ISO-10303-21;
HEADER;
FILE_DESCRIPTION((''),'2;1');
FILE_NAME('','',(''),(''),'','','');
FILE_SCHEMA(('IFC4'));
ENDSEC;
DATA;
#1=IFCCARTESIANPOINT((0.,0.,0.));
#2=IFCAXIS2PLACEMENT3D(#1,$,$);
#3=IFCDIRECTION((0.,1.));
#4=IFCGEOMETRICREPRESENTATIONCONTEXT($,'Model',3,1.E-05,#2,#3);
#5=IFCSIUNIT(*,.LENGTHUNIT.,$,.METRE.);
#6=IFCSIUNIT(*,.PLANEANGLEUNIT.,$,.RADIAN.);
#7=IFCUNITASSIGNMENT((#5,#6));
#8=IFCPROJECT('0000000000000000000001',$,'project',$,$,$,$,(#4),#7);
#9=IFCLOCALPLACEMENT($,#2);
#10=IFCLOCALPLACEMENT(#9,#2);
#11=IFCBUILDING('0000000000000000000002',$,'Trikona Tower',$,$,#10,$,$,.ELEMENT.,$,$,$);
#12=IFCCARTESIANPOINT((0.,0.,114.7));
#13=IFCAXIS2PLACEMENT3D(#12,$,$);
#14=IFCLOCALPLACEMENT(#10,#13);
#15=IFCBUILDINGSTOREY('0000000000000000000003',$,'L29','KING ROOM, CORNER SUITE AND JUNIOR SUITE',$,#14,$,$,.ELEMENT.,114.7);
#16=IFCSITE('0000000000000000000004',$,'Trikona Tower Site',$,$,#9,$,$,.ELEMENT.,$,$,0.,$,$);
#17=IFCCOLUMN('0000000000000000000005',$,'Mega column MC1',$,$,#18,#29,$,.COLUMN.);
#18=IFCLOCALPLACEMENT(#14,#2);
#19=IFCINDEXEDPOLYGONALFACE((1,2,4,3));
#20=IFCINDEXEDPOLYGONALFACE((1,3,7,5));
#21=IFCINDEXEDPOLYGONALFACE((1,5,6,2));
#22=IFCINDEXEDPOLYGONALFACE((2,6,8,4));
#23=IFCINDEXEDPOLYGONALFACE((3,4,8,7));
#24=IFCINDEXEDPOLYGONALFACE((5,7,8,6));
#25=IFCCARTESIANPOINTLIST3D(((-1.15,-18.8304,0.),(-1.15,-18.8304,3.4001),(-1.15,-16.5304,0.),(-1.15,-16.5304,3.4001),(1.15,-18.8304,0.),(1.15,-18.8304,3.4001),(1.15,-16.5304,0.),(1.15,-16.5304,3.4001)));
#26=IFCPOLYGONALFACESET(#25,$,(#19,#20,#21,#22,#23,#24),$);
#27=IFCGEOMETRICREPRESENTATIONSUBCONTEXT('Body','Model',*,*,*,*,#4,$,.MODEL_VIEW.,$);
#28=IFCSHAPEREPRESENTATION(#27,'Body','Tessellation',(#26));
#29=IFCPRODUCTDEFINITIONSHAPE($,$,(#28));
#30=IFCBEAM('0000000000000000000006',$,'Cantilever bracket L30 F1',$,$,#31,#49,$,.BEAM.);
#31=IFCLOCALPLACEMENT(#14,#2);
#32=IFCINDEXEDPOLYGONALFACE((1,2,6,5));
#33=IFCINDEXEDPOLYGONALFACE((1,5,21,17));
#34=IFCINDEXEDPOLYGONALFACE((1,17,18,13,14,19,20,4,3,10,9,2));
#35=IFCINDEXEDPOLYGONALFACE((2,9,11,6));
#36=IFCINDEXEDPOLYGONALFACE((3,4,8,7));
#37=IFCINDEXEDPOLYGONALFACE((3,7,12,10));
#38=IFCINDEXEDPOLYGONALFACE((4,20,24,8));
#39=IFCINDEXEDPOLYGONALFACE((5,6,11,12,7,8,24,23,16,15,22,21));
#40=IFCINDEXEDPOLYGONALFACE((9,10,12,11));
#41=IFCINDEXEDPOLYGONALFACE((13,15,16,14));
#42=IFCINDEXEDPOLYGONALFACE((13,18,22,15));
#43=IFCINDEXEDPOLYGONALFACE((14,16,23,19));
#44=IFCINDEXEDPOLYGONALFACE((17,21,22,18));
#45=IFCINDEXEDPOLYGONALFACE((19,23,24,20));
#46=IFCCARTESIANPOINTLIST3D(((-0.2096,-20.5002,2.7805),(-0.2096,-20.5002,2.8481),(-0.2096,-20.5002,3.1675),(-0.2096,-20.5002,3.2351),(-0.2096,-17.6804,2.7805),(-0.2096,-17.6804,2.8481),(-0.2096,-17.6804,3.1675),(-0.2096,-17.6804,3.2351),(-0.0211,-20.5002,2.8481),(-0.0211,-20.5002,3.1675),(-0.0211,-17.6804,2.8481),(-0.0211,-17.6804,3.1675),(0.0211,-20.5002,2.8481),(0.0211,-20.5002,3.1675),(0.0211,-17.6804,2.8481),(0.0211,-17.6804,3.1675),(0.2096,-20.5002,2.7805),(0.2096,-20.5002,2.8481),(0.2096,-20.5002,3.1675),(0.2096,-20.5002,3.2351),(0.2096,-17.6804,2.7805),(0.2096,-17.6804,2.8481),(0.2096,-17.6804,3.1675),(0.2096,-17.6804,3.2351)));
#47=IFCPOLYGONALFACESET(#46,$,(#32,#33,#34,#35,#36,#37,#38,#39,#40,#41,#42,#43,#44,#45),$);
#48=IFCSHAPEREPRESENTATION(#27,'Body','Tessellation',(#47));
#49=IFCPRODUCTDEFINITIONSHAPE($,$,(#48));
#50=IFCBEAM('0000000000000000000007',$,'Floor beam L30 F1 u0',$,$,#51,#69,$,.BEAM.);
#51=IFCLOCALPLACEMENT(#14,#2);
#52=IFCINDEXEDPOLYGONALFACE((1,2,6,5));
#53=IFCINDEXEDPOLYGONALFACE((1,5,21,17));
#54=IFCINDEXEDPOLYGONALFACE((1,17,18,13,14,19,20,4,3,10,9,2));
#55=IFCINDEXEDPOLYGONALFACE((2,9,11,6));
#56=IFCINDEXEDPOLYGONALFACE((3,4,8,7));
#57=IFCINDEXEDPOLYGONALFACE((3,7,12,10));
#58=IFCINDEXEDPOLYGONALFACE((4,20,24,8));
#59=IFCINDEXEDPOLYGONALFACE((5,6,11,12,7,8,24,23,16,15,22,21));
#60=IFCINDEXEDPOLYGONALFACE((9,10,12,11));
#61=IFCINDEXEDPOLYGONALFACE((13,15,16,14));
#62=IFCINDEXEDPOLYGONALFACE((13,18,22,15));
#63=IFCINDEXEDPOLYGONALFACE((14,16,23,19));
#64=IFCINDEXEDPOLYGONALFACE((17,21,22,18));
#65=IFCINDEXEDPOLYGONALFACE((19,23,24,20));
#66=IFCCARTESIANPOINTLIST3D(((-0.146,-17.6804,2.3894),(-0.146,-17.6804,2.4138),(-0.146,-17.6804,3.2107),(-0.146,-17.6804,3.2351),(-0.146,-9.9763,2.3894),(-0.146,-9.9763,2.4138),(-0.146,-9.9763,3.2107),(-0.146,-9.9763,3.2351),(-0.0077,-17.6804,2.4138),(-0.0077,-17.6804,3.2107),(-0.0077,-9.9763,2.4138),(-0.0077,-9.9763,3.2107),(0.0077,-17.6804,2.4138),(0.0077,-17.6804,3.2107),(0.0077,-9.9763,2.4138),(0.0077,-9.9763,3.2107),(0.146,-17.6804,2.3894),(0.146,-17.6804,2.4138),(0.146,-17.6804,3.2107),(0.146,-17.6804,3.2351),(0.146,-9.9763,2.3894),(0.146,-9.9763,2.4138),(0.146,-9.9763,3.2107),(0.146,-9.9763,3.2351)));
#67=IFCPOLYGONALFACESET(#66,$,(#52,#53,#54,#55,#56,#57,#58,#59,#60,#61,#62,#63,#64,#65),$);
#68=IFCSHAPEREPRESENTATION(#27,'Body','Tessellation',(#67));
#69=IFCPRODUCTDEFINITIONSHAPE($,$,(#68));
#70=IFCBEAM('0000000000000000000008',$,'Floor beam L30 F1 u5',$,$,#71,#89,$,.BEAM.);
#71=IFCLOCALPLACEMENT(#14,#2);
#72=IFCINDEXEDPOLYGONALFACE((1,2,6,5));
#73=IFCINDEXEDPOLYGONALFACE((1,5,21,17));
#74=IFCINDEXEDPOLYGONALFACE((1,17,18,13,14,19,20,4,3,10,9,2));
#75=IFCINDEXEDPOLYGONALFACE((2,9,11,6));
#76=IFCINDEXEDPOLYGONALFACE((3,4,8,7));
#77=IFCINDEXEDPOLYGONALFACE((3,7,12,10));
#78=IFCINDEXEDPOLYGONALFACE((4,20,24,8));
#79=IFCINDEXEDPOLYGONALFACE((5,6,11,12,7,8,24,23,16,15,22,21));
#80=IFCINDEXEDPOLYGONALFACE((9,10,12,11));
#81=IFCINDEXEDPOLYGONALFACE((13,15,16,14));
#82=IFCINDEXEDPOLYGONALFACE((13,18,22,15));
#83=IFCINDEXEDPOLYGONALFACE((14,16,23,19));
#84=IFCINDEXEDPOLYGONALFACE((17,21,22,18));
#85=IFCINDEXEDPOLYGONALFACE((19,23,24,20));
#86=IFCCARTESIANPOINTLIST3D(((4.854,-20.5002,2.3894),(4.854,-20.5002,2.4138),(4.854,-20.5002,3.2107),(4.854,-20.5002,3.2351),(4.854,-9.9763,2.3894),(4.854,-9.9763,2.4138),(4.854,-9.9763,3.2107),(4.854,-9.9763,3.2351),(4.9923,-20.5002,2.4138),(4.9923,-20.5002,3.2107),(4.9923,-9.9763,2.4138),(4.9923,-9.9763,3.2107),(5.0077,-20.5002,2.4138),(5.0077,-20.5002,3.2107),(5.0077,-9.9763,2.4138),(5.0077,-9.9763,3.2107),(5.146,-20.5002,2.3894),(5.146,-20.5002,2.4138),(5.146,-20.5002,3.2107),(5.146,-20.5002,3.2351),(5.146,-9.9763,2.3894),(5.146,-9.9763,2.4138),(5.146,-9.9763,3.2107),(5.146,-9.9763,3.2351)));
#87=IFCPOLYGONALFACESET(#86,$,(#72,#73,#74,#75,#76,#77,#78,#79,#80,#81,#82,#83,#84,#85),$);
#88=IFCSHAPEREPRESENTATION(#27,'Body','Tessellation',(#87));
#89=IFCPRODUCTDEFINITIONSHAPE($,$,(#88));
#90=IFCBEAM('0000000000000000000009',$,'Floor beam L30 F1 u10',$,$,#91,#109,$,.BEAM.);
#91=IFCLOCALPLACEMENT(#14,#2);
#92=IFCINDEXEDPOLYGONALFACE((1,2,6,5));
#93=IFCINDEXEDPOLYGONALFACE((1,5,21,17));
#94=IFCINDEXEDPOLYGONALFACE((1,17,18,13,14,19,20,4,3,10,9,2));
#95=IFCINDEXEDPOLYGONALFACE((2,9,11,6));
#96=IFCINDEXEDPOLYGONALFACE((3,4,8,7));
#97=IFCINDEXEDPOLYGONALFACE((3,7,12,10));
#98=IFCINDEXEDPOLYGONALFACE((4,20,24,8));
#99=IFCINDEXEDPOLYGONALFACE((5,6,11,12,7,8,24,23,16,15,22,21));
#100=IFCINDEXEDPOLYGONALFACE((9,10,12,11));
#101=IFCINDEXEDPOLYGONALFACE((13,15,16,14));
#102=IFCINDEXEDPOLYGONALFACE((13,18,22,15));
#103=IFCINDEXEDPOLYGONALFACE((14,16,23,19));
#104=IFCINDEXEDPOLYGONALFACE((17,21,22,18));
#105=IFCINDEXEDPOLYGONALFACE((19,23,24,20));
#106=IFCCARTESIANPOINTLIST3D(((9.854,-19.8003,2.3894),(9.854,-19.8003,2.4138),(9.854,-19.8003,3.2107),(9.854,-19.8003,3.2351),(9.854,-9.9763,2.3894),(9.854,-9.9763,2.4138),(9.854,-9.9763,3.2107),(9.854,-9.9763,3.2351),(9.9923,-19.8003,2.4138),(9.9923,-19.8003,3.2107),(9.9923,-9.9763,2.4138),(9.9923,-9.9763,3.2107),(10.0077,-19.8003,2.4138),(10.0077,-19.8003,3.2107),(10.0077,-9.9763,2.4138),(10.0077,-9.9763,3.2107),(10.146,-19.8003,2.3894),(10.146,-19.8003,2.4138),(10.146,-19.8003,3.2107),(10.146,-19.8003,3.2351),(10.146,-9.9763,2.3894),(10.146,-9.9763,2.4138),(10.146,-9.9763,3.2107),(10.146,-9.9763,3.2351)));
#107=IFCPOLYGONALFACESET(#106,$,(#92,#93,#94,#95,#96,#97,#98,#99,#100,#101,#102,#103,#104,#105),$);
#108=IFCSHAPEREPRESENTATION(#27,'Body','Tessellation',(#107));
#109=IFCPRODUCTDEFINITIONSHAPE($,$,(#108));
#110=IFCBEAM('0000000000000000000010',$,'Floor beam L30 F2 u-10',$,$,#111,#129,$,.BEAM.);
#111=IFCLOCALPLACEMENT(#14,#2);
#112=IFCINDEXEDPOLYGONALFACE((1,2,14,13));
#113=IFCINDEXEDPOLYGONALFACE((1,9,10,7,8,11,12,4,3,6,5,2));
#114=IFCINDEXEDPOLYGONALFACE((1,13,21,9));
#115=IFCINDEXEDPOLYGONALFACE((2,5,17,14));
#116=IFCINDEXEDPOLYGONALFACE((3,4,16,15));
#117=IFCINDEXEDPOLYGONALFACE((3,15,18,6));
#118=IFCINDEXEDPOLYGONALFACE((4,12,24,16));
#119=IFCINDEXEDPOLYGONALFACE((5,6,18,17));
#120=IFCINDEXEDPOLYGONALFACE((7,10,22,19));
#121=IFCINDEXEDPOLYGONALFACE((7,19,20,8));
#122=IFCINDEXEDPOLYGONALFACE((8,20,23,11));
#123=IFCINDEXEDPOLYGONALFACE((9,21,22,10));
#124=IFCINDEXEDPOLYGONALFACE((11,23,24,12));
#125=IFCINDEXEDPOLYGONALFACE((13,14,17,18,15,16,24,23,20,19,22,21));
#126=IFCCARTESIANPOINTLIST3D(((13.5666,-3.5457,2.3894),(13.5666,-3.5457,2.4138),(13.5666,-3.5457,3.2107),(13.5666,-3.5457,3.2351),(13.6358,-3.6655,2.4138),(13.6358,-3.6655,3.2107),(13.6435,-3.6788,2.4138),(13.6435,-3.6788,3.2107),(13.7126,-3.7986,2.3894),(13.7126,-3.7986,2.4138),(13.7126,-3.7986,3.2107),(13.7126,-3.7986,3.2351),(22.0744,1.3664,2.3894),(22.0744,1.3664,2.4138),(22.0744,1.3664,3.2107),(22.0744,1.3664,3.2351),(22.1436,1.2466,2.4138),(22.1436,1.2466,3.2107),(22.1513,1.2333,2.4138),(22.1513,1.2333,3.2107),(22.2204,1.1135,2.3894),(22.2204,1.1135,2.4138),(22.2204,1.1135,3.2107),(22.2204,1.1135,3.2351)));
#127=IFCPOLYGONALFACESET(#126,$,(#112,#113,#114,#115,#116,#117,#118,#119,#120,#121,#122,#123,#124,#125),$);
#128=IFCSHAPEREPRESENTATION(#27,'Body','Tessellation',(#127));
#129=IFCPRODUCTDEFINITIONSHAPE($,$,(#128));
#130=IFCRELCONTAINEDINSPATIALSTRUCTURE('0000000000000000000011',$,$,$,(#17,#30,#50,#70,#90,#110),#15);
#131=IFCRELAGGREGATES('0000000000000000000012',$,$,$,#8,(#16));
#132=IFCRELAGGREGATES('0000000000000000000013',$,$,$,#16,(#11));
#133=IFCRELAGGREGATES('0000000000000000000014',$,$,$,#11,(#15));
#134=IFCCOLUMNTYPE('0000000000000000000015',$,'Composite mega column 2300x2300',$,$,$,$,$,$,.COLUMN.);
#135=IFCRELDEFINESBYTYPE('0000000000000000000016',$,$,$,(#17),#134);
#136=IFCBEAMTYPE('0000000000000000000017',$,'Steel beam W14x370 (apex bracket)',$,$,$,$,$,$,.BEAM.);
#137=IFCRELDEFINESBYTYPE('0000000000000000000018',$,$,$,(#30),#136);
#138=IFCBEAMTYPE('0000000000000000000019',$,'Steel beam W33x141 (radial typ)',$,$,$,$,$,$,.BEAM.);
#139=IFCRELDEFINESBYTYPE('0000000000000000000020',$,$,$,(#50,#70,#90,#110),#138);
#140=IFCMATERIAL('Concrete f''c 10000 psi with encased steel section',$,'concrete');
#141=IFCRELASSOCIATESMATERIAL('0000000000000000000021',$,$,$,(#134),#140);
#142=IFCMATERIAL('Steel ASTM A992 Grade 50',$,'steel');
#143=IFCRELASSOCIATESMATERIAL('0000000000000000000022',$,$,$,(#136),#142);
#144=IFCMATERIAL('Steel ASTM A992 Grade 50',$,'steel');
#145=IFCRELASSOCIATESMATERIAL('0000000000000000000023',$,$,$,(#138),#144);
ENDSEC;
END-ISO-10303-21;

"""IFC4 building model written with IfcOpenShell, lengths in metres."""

from ifc_helpers import new_model, si_unit, direction, frame, origin, origin_2d, place, context, subcontext, project, spatial, rectangle, i_section, extrude, material, material_profile, profile_set, type_object, element, save


model = new_model("IFC4")

# Units and contexts
model_context = context("Model", 3, precision=1e-05, world=origin(), true_north=direction((0.0, 1.0)))
body_context = subcontext(model_context, "Body", "Model", "MODEL_VIEW")
ifc_project = project(units=[si_unit("LENGTHUNIT", "METRE"), si_unit("PLANEANGLEUNIT", "RADIAN")], contexts=[model_context])

# Site, building, storey
site_placement = place(None, origin())
site = spatial("IfcSite", under=ifc_project, at=site_placement, Name="Trikona Tower Site", CompositionType="ELEMENT", RefElevation=0.0)
building_placement = place(site_placement, origin())
building = spatial("IfcBuilding", under=site, at=building_placement, Name="Trikona Tower", CompositionType="ELEMENT")
storey_placement = place(building_placement, frame((0.0, 0.0, 114.7)))
storey = spatial("IfcBuildingStorey", under=building, at=storey_placement, Name="L29", Description="KING ROOM, CORNER SUITE AND JUNIOR SUITE", CompositionType="ELEMENT", Elevation=114.7)

# Column
ifc_material_1 = material(Name="Concrete f'c 10000 psi with encased steel section", Category="concrete")
ifc_material_profile_1 = material_profile(ifc_material_1, rectangle(XDim=2.3, YDim=2.3, at=origin_2d()), Name="MC2300")
ifc_profile_set_1 = profile_set([ifc_material_profile_1], Name="Concrete f'c 10000 psi with encased steel section")
column_type = type_object("IfcColumnType", Name="Composite mega column 2300x2300", PredefinedType="COLUMN", material=ifc_profile_set_1)
column_placement = place(storey_placement, frame((0.0, -17.6804, 0.0), z_axis=(0.0, 0.0, 1.0), x_axis=(0.0, -1.0, 0.0)))
element("IfcColumn", 1, at=column_placement, inside=storey, type_object=column_type, Name="Mega column MC1", PredefinedType="COLUMN", context=body_context, shape_type="SweptSolid", body=[
    extrude(rectangle(XDim=2.3, YDim=2.3, at=origin_2d()), origin(), (0.0, 0.0, 1.0), 3.4001),
])

# Beams
ifc_material_2 = material(Name="Steel ASTM A992 Grade 50", Category="steel")
ifc_material_profile_2 = material_profile(ifc_material_2, i_section(OverallWidth=0.4192, OverallDepth=0.4546, WebThickness=0.0422, FlangeThickness=0.0676, at=origin_2d()), Name="W14X370")
ifc_profile_set_2 = profile_set([ifc_material_profile_2], Name="Steel ASTM A992 Grade 50")
beam_type_1 = type_object("IfcBeamType", Name="Steel beam W14x370 (apex bracket)", PredefinedType="BEAM", material=ifc_profile_set_2)
beam_1_placement = place(storey_placement, frame((0.0, -17.6804, 3.0078), z_axis=(0.0, -1.0, 0.0), x_axis=(1.0, 0.0, 0.0)))
element("IfcBeam", 2, at=beam_1_placement, inside=storey, type_object=beam_type_1, Name="Cantilever bracket L30 F1", PredefinedType="BEAM", context=body_context, shape_type="SweptSolid", body=[
    extrude(i_section(OverallWidth=0.4192, OverallDepth=0.4546, WebThickness=0.0422, FlangeThickness=0.0676, at=origin_2d()), origin(), (0.0, 0.0, 1.0), 2.8198),
])
ifc_material_3 = material(Name="Steel ASTM A992 Grade 50", Category="steel")
ifc_material_profile_3 = material_profile(ifc_material_3, i_section(OverallWidth=0.292, OverallDepth=0.8457, WebThickness=0.0154, FlangeThickness=0.0244, at=origin_2d()), Name="W33X141")
ifc_profile_set_3 = profile_set([ifc_material_profile_3], Name="Steel ASTM A992 Grade 50")
beam_type_2 = type_object("IfcBeamType", Name="Steel beam W33x141 (radial typ)", PredefinedType="BEAM", material=ifc_profile_set_3)
beam_2_placement = place(storey_placement, frame((0.0, -9.9763, 2.8123), z_axis=(0.0, -1.0, 0.0), x_axis=(1.0, 0.0, 0.0)))
element("IfcBeam", 3, at=beam_2_placement, inside=storey, type_object=beam_type_2, Name="Floor beam L30 F1 u0", PredefinedType="BEAM", context=body_context, shape_type="SweptSolid", body=[
    extrude(i_section(OverallWidth=0.292, OverallDepth=0.8457, WebThickness=0.0154, FlangeThickness=0.0244, at=origin_2d()), origin(), (0.0, 0.0, 1.0), 7.7041),
])
beam_3_placement = place(storey_placement, frame((5.0, -9.9763, 2.8123), z_axis=(0.0, -1.0, 0.0), x_axis=(1.0, 0.0, 0.0)))
element("IfcBeam", 4, at=beam_3_placement, inside=storey, type_object=beam_type_2, Name="Floor beam L30 F1 u5", PredefinedType="BEAM", context=body_context, shape_type="SweptSolid", body=[
    extrude(i_section(OverallWidth=0.292, OverallDepth=0.8457, WebThickness=0.0154, FlangeThickness=0.0244, at=origin_2d()), origin(), (0.0, 0.0, 1.0), 10.5239),
])
for number, where, z_axis, x_axis, name in (
    (5, (10.0, -9.9763, 2.8123), (0.0, -1.0, 0.0), (1.0, 0.0, 0.0), "Floor beam L30 F1 u10"),
    (6, (13.6396, -3.6721, 2.8123), (0.86602, 0.500009, 0.0), (-0.500009, 0.86602, 0.0), "Floor beam L30 F2 u-10"),
):
    element("IfcBeam", number, at=place(storey_placement, frame(where, z_axis=z_axis, x_axis=x_axis)), inside=storey, type_object=beam_type_2, Name=name, PredefinedType="BEAM", context=body_context, shape_type="SweptSolid", body=[
        extrude(i_section(OverallWidth=0.292, OverallDepth=0.8457, WebThickness=0.0154, FlangeThickness=0.0244, at=origin_2d()), origin(), (0.0, 0.0, 1.0), 9.824),
    ])

save(model, "model.ifc")
